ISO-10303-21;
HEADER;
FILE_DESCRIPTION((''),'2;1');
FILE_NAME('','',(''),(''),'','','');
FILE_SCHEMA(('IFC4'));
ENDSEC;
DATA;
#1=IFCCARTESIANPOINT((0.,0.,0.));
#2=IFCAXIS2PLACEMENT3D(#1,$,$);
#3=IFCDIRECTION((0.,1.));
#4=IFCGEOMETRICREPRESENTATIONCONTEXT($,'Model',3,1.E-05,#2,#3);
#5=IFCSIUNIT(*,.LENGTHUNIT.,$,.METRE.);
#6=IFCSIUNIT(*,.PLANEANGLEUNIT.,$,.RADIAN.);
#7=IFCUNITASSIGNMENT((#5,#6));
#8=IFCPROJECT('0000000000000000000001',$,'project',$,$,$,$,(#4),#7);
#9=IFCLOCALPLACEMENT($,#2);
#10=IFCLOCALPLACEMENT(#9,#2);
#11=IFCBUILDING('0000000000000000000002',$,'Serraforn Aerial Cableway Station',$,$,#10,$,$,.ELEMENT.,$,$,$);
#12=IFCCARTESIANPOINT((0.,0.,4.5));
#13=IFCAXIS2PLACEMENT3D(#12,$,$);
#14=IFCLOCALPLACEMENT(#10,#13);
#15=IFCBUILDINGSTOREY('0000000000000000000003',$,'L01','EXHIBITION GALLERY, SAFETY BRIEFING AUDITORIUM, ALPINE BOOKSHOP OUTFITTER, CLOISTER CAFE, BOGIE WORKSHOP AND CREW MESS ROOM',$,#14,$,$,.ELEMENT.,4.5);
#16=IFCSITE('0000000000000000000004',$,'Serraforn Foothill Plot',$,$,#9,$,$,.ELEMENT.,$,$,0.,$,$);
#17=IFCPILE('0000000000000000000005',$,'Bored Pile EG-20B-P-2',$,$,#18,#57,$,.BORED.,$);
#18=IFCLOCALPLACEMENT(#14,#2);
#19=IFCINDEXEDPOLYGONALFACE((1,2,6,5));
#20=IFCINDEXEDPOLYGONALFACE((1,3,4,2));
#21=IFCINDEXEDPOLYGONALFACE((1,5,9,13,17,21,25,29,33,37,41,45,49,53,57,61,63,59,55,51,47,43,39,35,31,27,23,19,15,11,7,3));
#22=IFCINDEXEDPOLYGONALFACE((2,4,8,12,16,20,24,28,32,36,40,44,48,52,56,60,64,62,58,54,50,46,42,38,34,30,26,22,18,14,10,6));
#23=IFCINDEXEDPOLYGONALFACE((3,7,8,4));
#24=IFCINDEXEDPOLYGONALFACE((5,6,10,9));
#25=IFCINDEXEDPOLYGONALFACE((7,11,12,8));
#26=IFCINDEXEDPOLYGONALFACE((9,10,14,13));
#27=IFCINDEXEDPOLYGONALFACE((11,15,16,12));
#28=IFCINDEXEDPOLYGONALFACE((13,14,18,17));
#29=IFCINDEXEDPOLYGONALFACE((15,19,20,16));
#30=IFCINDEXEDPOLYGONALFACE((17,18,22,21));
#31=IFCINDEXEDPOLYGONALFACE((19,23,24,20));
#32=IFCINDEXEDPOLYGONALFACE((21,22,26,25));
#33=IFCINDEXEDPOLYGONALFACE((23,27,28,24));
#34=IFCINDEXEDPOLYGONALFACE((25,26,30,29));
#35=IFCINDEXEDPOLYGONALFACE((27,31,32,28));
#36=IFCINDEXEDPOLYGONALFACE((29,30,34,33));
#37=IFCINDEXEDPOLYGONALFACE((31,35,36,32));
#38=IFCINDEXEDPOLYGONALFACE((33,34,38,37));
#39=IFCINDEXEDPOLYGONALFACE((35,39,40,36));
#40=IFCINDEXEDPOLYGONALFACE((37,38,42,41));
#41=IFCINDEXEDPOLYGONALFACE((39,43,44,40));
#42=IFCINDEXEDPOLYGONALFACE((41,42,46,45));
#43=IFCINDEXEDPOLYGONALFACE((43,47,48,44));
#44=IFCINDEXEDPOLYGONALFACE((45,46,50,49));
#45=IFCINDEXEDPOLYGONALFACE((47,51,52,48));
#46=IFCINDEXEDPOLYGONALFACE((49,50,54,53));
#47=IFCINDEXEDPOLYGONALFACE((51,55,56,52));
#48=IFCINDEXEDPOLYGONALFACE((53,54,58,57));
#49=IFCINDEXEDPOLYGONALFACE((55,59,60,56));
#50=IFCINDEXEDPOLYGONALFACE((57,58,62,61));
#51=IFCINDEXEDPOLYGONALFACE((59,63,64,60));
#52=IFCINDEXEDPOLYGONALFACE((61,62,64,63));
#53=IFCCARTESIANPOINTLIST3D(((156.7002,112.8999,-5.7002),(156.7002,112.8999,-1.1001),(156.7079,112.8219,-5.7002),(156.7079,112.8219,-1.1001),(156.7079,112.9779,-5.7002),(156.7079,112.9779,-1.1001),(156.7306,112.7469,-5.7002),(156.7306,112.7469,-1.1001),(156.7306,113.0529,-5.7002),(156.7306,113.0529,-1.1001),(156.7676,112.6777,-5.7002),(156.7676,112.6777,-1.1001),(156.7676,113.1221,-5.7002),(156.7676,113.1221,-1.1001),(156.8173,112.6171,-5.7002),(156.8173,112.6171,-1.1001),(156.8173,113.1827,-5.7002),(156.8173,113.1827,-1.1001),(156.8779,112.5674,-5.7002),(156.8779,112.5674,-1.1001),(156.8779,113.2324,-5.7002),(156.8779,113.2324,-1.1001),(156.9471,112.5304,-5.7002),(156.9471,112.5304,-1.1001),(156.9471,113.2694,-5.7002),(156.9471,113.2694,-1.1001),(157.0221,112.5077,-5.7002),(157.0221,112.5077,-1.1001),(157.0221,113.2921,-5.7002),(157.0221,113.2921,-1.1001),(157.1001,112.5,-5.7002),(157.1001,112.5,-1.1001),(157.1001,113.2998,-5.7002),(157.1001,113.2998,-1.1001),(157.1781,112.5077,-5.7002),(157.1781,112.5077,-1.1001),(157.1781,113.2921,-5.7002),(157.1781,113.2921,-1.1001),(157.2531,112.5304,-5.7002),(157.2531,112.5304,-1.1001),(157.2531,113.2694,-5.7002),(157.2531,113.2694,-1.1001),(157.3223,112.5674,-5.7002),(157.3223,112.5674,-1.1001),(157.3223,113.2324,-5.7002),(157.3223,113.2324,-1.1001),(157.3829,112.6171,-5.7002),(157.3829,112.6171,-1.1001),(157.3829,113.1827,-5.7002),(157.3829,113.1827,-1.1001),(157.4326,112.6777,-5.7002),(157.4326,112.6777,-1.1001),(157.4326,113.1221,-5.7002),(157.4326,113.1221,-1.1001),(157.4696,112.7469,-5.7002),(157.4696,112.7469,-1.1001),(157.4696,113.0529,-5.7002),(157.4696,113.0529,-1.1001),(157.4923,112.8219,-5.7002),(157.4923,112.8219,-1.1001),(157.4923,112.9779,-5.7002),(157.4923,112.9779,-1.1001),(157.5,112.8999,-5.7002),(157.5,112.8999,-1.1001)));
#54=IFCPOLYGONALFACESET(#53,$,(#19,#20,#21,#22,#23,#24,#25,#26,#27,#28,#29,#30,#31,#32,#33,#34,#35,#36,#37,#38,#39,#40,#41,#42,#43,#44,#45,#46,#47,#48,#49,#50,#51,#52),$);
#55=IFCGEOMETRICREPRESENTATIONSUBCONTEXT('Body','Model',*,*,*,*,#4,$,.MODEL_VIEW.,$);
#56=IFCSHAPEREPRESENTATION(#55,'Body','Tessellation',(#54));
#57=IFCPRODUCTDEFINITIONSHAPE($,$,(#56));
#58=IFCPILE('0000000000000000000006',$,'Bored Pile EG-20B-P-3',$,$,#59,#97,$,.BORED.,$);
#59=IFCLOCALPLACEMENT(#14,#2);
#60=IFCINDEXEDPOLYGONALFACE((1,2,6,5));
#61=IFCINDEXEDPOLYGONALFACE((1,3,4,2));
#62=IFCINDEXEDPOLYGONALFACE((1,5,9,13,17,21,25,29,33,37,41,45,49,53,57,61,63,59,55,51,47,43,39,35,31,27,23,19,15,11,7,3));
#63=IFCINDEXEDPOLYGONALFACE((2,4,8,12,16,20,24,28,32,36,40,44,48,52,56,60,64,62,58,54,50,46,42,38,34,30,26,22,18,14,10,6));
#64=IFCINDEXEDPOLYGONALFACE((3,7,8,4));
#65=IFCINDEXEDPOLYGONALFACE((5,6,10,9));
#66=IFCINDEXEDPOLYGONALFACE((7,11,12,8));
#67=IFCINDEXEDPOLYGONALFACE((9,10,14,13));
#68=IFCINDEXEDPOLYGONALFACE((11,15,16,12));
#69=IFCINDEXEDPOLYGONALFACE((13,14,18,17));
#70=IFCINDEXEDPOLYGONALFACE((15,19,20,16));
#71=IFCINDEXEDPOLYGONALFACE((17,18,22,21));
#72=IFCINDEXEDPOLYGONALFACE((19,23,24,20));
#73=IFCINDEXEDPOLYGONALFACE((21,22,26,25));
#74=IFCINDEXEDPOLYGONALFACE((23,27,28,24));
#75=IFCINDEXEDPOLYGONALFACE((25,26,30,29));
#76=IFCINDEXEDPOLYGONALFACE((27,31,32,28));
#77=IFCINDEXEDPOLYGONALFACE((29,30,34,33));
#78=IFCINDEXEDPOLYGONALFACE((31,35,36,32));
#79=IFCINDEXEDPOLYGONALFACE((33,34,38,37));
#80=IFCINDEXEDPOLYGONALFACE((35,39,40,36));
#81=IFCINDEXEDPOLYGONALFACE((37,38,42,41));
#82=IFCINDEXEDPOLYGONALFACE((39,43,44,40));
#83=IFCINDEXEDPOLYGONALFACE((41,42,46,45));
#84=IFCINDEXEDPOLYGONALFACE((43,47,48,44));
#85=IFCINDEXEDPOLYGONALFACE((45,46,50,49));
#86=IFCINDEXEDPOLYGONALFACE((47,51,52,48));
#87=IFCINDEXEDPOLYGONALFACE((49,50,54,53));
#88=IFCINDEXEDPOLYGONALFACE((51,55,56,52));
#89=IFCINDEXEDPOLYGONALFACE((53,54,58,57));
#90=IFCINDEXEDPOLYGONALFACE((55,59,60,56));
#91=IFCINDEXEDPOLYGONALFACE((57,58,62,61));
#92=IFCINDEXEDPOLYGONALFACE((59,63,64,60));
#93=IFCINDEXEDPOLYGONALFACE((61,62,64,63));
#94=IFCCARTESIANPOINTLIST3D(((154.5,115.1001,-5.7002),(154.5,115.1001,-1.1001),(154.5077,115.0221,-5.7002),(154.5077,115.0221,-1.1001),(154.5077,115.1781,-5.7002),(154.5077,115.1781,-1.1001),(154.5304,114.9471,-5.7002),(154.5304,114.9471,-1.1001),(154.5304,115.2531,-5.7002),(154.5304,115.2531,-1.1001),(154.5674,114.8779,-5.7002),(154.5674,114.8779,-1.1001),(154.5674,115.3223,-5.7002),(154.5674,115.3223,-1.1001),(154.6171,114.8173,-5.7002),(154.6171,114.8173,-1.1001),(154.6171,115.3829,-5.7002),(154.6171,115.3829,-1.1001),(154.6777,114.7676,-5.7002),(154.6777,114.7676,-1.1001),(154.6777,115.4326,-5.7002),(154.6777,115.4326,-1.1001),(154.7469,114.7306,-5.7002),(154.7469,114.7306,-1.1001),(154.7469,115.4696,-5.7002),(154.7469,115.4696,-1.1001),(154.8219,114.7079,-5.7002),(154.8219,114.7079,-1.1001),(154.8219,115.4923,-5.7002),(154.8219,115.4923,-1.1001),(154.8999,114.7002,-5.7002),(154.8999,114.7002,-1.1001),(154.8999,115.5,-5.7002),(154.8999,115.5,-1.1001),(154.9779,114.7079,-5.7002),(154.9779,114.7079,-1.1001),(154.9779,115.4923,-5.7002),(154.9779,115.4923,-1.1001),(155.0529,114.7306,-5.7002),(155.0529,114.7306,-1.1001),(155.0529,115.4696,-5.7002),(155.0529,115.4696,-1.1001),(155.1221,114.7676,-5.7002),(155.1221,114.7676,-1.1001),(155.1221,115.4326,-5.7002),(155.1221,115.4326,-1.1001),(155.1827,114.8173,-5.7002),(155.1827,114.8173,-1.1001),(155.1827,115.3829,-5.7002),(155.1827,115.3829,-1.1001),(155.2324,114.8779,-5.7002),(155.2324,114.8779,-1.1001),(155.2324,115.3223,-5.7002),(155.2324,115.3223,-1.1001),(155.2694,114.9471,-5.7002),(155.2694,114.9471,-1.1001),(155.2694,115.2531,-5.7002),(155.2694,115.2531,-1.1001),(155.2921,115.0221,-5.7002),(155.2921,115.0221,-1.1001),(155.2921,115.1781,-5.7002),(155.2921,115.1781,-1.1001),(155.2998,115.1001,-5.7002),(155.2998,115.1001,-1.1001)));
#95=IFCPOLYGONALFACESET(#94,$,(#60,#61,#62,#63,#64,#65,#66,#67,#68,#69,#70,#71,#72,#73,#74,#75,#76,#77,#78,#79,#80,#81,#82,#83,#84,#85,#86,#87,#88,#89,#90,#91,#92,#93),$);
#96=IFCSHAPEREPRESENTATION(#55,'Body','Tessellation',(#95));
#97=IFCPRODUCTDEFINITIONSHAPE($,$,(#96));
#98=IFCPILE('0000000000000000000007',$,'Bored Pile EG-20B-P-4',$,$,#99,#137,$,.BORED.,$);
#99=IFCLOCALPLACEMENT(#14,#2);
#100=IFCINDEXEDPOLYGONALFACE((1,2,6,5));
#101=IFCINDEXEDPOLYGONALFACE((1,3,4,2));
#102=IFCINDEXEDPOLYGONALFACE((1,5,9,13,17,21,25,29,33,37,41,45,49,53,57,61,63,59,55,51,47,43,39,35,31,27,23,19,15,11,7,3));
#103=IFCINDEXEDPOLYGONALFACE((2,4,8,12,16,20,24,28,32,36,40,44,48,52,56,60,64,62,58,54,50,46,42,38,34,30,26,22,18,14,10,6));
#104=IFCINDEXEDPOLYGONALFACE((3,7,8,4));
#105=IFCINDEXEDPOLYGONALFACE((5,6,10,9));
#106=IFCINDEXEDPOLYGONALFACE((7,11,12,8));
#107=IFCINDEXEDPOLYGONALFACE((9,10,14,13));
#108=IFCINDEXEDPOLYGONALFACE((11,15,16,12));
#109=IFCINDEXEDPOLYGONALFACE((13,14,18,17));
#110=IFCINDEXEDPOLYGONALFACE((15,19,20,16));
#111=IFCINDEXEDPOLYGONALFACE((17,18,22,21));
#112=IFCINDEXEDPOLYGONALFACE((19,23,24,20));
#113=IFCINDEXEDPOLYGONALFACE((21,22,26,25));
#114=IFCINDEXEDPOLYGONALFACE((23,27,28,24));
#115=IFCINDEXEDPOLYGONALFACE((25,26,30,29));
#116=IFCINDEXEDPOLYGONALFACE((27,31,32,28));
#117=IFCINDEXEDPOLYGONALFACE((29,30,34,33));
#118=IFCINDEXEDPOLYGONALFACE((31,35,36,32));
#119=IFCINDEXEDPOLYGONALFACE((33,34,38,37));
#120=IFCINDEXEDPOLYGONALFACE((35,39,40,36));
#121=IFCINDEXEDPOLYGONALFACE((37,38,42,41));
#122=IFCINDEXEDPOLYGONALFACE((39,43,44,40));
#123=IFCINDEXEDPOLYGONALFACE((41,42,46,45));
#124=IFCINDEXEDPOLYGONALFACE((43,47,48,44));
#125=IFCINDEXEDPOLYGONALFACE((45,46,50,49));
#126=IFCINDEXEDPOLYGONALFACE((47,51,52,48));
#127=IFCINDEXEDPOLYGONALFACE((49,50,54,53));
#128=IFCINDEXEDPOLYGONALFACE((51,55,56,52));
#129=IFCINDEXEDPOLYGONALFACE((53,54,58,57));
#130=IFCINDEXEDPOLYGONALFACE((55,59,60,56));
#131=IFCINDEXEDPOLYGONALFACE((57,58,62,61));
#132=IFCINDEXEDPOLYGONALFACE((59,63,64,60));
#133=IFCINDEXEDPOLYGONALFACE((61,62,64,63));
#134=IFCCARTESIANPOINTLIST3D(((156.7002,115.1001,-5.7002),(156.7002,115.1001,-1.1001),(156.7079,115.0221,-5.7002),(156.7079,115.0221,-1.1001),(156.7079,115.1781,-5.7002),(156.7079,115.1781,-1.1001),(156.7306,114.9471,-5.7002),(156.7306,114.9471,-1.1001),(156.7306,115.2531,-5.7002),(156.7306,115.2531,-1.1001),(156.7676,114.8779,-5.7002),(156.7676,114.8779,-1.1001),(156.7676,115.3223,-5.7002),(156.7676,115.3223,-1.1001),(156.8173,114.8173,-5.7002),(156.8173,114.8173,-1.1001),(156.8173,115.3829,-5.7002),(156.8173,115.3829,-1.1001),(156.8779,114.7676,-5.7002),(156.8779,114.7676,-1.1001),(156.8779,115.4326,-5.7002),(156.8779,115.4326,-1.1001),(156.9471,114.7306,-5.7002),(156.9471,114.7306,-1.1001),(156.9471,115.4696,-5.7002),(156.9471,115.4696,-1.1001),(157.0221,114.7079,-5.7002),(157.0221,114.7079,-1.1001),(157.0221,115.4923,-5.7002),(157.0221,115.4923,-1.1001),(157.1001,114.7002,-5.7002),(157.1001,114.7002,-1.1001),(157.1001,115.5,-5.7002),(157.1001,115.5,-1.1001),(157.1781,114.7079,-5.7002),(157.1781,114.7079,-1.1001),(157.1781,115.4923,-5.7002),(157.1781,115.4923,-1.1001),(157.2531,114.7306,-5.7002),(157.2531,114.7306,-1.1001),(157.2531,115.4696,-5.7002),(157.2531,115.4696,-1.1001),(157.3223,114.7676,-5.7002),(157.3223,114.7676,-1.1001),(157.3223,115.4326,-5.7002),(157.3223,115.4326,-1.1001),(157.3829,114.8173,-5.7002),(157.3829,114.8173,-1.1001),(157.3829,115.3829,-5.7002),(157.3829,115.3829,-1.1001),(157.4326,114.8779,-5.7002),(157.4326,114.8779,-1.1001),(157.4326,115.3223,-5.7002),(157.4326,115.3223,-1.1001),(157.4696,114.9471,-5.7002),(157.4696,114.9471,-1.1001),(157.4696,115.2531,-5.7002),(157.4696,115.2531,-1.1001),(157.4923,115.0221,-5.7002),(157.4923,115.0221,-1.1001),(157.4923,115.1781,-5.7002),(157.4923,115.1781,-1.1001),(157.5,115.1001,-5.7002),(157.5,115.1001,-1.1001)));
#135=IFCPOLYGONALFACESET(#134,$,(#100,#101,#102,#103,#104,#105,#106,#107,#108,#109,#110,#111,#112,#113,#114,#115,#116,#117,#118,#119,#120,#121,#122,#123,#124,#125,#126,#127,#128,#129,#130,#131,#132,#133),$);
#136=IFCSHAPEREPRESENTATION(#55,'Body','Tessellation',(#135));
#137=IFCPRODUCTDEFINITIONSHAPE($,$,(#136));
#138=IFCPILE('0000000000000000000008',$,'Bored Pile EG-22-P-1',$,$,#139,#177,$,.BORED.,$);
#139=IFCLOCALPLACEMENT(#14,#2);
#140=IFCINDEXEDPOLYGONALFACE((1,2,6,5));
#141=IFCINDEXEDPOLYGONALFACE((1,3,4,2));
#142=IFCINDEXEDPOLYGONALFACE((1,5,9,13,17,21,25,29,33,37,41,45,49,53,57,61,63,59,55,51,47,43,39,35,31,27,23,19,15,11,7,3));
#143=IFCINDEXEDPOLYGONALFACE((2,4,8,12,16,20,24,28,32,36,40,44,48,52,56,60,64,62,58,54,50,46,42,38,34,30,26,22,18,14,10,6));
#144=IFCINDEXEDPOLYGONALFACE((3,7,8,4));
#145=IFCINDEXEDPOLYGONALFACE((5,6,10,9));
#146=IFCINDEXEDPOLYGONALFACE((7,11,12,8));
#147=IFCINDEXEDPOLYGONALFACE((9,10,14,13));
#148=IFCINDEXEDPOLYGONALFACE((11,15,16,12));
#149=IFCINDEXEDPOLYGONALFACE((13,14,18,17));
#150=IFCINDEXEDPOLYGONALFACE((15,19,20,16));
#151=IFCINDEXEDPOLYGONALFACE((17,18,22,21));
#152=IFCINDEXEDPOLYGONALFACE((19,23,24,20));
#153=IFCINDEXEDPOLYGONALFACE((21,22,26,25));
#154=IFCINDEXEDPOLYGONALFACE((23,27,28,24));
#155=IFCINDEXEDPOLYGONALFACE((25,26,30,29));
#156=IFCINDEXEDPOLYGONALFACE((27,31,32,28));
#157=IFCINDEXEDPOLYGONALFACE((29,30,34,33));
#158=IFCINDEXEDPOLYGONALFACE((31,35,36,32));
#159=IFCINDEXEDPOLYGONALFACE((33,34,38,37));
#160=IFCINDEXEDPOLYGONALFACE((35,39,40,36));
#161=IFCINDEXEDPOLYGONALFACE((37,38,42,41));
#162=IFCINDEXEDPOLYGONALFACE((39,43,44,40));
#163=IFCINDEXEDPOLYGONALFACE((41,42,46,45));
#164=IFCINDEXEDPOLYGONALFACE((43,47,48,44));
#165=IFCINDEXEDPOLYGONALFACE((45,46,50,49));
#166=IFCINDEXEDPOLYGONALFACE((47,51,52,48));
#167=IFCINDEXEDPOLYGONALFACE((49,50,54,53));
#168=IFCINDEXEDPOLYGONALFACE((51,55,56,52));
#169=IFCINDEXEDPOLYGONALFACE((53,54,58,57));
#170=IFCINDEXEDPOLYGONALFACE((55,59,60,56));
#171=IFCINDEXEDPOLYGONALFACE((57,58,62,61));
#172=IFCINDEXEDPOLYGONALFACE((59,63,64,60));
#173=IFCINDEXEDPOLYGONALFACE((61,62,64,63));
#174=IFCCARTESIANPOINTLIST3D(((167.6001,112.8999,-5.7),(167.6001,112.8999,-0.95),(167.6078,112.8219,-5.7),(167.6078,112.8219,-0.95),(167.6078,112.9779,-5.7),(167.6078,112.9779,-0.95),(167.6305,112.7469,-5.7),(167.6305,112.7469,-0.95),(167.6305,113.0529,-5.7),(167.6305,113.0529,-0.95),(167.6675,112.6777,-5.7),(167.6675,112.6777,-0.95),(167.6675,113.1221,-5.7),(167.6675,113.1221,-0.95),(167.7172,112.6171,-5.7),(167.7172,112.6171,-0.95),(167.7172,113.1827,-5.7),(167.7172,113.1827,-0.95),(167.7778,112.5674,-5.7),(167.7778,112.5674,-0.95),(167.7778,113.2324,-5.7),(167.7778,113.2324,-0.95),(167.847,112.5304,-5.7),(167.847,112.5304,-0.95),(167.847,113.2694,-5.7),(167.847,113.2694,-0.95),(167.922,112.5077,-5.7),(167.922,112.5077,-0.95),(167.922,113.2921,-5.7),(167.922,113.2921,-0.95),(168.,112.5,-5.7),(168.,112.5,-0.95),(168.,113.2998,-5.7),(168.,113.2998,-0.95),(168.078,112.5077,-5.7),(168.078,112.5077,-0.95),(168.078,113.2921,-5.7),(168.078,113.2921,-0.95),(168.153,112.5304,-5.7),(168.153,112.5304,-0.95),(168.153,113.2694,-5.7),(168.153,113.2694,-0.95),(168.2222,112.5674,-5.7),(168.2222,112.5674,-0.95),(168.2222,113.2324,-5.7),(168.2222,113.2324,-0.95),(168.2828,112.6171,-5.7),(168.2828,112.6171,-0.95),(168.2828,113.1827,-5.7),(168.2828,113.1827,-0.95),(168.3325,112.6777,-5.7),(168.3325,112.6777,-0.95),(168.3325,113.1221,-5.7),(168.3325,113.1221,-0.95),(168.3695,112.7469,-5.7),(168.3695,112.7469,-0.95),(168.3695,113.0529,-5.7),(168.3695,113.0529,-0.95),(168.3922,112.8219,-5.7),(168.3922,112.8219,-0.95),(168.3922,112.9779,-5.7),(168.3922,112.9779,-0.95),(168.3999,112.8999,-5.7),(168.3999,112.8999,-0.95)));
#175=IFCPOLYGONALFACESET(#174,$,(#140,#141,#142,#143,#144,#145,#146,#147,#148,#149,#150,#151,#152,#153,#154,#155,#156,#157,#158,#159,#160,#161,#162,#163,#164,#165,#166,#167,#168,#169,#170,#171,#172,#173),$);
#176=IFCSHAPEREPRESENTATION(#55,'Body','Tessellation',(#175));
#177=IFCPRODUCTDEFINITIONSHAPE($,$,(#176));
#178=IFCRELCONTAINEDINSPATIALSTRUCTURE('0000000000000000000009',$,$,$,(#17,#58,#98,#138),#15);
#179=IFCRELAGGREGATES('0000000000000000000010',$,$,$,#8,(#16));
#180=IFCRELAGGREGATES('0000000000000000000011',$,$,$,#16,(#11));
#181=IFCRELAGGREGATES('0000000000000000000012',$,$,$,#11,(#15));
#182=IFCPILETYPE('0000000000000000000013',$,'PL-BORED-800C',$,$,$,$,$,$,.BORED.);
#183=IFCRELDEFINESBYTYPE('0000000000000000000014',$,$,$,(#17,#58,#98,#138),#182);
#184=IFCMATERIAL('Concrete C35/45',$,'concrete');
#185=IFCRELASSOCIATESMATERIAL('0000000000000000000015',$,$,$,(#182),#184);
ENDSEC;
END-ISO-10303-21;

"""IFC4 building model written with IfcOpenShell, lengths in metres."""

from ifc_helpers import new_model, si_unit, direction, frame, origin, origin_2d, place, context, subcontext, project, spatial, circle, extrude, material, material_profile, profile_set, type_object, element, save


model = new_model("IFC4")

# Units and contexts
model_context = context("Model", 3, precision=1e-05, world=origin(), true_north=direction((0.0, 1.0)))
body_context = subcontext(model_context, "Body", "Model", "MODEL_VIEW")
ifc_project = project(units=[si_unit("LENGTHUNIT", "METRE"), si_unit("PLANEANGLEUNIT", "RADIAN")], contexts=[model_context])

# Site, building, storey
site_placement = place(None, origin())
site = spatial("IfcSite", under=ifc_project, at=site_placement, Name="Serraforn Foothill Plot", CompositionType="ELEMENT", RefElevation=0.0)
building_placement = place(site_placement, origin())
building = spatial("IfcBuilding", under=site, at=building_placement, Name="Serraforn Aerial Cableway Station", CompositionType="ELEMENT")
storey_placement = place(building_placement, frame((0.0, 0.0, 4.5)))
storey = spatial("IfcBuildingStorey", under=building, at=storey_placement, Name="L01", Description="EXHIBITION GALLERY, SAFETY BRIEFING AUDITORIUM, ALPINE BOOKSHOP OUTFITTER, CLOISTER CAFE, BOGIE WORKSHOP AND CREW MESS ROOM", CompositionType="ELEMENT", Elevation=4.5)

# Shared definitions
ifc_material_1 = material(Name="Concrete C35/45", Category="concrete")

# Piles
ifc_material_profile_1 = material_profile(ifc_material_1, circle(Radius=0.3999, at=origin_2d()), Name="BORED PILE D800")
ifc_profile_set_1 = profile_set([ifc_material_profile_1], Name="Concrete C35/45")
pile_type_1 = type_object("IfcPileType", Name="PL-BORED-800C", PredefinedType="BORED", material=ifc_profile_set_1)
for number, where, z_axis, x_axis, name in (
    (1, (157.1001, 112.8999, -1.1001), (0.0, 0.0, -1.0), (1.0, 0.0, 0.0), "Bored Pile EG-20B-P-2"),
    (2, (154.8999, 115.1001, -1.1001), (0.0, 0.0, -1.0), (1.0, 0.0, 0.0), "Bored Pile EG-20B-P-3"),
    (3, (157.1001, 115.1001, -1.1001), (0.0, 0.0, -1.0), (1.0, 0.0, 0.0), "Bored Pile EG-20B-P-4"),
):
    element("IfcPile", number, at=place(storey_placement, frame(where, z_axis=z_axis, x_axis=x_axis)), inside=storey, type_object=pile_type_1, Name=name, PredefinedType="BORED", context=body_context, shape_type="SweptSolid", body=[
        extrude(circle(Radius=0.3999, at=origin_2d()), origin(), (0.0, 0.0, 1.0), 4.6001),
    ])
for number, where, z_axis, x_axis, name in (
    (4, (168.0, 112.8999, -0.95), (0.0, 0.0, -1.0), (1.0, 0.0, 0.0), "Bored Pile EG-22-P-1"),
):
    element("IfcPile", number, at=place(storey_placement, frame(where, z_axis=z_axis, x_axis=x_axis)), inside=storey, type_object=pile_type_1, Name=name, PredefinedType="BORED", context=body_context, shape_type="SweptSolid", body=[
        extrude(circle(Radius=0.3999, at=origin_2d()), origin(), (0.0, 0.0, 1.0), 4.75),
    ])

save(model, "model.ifc")
